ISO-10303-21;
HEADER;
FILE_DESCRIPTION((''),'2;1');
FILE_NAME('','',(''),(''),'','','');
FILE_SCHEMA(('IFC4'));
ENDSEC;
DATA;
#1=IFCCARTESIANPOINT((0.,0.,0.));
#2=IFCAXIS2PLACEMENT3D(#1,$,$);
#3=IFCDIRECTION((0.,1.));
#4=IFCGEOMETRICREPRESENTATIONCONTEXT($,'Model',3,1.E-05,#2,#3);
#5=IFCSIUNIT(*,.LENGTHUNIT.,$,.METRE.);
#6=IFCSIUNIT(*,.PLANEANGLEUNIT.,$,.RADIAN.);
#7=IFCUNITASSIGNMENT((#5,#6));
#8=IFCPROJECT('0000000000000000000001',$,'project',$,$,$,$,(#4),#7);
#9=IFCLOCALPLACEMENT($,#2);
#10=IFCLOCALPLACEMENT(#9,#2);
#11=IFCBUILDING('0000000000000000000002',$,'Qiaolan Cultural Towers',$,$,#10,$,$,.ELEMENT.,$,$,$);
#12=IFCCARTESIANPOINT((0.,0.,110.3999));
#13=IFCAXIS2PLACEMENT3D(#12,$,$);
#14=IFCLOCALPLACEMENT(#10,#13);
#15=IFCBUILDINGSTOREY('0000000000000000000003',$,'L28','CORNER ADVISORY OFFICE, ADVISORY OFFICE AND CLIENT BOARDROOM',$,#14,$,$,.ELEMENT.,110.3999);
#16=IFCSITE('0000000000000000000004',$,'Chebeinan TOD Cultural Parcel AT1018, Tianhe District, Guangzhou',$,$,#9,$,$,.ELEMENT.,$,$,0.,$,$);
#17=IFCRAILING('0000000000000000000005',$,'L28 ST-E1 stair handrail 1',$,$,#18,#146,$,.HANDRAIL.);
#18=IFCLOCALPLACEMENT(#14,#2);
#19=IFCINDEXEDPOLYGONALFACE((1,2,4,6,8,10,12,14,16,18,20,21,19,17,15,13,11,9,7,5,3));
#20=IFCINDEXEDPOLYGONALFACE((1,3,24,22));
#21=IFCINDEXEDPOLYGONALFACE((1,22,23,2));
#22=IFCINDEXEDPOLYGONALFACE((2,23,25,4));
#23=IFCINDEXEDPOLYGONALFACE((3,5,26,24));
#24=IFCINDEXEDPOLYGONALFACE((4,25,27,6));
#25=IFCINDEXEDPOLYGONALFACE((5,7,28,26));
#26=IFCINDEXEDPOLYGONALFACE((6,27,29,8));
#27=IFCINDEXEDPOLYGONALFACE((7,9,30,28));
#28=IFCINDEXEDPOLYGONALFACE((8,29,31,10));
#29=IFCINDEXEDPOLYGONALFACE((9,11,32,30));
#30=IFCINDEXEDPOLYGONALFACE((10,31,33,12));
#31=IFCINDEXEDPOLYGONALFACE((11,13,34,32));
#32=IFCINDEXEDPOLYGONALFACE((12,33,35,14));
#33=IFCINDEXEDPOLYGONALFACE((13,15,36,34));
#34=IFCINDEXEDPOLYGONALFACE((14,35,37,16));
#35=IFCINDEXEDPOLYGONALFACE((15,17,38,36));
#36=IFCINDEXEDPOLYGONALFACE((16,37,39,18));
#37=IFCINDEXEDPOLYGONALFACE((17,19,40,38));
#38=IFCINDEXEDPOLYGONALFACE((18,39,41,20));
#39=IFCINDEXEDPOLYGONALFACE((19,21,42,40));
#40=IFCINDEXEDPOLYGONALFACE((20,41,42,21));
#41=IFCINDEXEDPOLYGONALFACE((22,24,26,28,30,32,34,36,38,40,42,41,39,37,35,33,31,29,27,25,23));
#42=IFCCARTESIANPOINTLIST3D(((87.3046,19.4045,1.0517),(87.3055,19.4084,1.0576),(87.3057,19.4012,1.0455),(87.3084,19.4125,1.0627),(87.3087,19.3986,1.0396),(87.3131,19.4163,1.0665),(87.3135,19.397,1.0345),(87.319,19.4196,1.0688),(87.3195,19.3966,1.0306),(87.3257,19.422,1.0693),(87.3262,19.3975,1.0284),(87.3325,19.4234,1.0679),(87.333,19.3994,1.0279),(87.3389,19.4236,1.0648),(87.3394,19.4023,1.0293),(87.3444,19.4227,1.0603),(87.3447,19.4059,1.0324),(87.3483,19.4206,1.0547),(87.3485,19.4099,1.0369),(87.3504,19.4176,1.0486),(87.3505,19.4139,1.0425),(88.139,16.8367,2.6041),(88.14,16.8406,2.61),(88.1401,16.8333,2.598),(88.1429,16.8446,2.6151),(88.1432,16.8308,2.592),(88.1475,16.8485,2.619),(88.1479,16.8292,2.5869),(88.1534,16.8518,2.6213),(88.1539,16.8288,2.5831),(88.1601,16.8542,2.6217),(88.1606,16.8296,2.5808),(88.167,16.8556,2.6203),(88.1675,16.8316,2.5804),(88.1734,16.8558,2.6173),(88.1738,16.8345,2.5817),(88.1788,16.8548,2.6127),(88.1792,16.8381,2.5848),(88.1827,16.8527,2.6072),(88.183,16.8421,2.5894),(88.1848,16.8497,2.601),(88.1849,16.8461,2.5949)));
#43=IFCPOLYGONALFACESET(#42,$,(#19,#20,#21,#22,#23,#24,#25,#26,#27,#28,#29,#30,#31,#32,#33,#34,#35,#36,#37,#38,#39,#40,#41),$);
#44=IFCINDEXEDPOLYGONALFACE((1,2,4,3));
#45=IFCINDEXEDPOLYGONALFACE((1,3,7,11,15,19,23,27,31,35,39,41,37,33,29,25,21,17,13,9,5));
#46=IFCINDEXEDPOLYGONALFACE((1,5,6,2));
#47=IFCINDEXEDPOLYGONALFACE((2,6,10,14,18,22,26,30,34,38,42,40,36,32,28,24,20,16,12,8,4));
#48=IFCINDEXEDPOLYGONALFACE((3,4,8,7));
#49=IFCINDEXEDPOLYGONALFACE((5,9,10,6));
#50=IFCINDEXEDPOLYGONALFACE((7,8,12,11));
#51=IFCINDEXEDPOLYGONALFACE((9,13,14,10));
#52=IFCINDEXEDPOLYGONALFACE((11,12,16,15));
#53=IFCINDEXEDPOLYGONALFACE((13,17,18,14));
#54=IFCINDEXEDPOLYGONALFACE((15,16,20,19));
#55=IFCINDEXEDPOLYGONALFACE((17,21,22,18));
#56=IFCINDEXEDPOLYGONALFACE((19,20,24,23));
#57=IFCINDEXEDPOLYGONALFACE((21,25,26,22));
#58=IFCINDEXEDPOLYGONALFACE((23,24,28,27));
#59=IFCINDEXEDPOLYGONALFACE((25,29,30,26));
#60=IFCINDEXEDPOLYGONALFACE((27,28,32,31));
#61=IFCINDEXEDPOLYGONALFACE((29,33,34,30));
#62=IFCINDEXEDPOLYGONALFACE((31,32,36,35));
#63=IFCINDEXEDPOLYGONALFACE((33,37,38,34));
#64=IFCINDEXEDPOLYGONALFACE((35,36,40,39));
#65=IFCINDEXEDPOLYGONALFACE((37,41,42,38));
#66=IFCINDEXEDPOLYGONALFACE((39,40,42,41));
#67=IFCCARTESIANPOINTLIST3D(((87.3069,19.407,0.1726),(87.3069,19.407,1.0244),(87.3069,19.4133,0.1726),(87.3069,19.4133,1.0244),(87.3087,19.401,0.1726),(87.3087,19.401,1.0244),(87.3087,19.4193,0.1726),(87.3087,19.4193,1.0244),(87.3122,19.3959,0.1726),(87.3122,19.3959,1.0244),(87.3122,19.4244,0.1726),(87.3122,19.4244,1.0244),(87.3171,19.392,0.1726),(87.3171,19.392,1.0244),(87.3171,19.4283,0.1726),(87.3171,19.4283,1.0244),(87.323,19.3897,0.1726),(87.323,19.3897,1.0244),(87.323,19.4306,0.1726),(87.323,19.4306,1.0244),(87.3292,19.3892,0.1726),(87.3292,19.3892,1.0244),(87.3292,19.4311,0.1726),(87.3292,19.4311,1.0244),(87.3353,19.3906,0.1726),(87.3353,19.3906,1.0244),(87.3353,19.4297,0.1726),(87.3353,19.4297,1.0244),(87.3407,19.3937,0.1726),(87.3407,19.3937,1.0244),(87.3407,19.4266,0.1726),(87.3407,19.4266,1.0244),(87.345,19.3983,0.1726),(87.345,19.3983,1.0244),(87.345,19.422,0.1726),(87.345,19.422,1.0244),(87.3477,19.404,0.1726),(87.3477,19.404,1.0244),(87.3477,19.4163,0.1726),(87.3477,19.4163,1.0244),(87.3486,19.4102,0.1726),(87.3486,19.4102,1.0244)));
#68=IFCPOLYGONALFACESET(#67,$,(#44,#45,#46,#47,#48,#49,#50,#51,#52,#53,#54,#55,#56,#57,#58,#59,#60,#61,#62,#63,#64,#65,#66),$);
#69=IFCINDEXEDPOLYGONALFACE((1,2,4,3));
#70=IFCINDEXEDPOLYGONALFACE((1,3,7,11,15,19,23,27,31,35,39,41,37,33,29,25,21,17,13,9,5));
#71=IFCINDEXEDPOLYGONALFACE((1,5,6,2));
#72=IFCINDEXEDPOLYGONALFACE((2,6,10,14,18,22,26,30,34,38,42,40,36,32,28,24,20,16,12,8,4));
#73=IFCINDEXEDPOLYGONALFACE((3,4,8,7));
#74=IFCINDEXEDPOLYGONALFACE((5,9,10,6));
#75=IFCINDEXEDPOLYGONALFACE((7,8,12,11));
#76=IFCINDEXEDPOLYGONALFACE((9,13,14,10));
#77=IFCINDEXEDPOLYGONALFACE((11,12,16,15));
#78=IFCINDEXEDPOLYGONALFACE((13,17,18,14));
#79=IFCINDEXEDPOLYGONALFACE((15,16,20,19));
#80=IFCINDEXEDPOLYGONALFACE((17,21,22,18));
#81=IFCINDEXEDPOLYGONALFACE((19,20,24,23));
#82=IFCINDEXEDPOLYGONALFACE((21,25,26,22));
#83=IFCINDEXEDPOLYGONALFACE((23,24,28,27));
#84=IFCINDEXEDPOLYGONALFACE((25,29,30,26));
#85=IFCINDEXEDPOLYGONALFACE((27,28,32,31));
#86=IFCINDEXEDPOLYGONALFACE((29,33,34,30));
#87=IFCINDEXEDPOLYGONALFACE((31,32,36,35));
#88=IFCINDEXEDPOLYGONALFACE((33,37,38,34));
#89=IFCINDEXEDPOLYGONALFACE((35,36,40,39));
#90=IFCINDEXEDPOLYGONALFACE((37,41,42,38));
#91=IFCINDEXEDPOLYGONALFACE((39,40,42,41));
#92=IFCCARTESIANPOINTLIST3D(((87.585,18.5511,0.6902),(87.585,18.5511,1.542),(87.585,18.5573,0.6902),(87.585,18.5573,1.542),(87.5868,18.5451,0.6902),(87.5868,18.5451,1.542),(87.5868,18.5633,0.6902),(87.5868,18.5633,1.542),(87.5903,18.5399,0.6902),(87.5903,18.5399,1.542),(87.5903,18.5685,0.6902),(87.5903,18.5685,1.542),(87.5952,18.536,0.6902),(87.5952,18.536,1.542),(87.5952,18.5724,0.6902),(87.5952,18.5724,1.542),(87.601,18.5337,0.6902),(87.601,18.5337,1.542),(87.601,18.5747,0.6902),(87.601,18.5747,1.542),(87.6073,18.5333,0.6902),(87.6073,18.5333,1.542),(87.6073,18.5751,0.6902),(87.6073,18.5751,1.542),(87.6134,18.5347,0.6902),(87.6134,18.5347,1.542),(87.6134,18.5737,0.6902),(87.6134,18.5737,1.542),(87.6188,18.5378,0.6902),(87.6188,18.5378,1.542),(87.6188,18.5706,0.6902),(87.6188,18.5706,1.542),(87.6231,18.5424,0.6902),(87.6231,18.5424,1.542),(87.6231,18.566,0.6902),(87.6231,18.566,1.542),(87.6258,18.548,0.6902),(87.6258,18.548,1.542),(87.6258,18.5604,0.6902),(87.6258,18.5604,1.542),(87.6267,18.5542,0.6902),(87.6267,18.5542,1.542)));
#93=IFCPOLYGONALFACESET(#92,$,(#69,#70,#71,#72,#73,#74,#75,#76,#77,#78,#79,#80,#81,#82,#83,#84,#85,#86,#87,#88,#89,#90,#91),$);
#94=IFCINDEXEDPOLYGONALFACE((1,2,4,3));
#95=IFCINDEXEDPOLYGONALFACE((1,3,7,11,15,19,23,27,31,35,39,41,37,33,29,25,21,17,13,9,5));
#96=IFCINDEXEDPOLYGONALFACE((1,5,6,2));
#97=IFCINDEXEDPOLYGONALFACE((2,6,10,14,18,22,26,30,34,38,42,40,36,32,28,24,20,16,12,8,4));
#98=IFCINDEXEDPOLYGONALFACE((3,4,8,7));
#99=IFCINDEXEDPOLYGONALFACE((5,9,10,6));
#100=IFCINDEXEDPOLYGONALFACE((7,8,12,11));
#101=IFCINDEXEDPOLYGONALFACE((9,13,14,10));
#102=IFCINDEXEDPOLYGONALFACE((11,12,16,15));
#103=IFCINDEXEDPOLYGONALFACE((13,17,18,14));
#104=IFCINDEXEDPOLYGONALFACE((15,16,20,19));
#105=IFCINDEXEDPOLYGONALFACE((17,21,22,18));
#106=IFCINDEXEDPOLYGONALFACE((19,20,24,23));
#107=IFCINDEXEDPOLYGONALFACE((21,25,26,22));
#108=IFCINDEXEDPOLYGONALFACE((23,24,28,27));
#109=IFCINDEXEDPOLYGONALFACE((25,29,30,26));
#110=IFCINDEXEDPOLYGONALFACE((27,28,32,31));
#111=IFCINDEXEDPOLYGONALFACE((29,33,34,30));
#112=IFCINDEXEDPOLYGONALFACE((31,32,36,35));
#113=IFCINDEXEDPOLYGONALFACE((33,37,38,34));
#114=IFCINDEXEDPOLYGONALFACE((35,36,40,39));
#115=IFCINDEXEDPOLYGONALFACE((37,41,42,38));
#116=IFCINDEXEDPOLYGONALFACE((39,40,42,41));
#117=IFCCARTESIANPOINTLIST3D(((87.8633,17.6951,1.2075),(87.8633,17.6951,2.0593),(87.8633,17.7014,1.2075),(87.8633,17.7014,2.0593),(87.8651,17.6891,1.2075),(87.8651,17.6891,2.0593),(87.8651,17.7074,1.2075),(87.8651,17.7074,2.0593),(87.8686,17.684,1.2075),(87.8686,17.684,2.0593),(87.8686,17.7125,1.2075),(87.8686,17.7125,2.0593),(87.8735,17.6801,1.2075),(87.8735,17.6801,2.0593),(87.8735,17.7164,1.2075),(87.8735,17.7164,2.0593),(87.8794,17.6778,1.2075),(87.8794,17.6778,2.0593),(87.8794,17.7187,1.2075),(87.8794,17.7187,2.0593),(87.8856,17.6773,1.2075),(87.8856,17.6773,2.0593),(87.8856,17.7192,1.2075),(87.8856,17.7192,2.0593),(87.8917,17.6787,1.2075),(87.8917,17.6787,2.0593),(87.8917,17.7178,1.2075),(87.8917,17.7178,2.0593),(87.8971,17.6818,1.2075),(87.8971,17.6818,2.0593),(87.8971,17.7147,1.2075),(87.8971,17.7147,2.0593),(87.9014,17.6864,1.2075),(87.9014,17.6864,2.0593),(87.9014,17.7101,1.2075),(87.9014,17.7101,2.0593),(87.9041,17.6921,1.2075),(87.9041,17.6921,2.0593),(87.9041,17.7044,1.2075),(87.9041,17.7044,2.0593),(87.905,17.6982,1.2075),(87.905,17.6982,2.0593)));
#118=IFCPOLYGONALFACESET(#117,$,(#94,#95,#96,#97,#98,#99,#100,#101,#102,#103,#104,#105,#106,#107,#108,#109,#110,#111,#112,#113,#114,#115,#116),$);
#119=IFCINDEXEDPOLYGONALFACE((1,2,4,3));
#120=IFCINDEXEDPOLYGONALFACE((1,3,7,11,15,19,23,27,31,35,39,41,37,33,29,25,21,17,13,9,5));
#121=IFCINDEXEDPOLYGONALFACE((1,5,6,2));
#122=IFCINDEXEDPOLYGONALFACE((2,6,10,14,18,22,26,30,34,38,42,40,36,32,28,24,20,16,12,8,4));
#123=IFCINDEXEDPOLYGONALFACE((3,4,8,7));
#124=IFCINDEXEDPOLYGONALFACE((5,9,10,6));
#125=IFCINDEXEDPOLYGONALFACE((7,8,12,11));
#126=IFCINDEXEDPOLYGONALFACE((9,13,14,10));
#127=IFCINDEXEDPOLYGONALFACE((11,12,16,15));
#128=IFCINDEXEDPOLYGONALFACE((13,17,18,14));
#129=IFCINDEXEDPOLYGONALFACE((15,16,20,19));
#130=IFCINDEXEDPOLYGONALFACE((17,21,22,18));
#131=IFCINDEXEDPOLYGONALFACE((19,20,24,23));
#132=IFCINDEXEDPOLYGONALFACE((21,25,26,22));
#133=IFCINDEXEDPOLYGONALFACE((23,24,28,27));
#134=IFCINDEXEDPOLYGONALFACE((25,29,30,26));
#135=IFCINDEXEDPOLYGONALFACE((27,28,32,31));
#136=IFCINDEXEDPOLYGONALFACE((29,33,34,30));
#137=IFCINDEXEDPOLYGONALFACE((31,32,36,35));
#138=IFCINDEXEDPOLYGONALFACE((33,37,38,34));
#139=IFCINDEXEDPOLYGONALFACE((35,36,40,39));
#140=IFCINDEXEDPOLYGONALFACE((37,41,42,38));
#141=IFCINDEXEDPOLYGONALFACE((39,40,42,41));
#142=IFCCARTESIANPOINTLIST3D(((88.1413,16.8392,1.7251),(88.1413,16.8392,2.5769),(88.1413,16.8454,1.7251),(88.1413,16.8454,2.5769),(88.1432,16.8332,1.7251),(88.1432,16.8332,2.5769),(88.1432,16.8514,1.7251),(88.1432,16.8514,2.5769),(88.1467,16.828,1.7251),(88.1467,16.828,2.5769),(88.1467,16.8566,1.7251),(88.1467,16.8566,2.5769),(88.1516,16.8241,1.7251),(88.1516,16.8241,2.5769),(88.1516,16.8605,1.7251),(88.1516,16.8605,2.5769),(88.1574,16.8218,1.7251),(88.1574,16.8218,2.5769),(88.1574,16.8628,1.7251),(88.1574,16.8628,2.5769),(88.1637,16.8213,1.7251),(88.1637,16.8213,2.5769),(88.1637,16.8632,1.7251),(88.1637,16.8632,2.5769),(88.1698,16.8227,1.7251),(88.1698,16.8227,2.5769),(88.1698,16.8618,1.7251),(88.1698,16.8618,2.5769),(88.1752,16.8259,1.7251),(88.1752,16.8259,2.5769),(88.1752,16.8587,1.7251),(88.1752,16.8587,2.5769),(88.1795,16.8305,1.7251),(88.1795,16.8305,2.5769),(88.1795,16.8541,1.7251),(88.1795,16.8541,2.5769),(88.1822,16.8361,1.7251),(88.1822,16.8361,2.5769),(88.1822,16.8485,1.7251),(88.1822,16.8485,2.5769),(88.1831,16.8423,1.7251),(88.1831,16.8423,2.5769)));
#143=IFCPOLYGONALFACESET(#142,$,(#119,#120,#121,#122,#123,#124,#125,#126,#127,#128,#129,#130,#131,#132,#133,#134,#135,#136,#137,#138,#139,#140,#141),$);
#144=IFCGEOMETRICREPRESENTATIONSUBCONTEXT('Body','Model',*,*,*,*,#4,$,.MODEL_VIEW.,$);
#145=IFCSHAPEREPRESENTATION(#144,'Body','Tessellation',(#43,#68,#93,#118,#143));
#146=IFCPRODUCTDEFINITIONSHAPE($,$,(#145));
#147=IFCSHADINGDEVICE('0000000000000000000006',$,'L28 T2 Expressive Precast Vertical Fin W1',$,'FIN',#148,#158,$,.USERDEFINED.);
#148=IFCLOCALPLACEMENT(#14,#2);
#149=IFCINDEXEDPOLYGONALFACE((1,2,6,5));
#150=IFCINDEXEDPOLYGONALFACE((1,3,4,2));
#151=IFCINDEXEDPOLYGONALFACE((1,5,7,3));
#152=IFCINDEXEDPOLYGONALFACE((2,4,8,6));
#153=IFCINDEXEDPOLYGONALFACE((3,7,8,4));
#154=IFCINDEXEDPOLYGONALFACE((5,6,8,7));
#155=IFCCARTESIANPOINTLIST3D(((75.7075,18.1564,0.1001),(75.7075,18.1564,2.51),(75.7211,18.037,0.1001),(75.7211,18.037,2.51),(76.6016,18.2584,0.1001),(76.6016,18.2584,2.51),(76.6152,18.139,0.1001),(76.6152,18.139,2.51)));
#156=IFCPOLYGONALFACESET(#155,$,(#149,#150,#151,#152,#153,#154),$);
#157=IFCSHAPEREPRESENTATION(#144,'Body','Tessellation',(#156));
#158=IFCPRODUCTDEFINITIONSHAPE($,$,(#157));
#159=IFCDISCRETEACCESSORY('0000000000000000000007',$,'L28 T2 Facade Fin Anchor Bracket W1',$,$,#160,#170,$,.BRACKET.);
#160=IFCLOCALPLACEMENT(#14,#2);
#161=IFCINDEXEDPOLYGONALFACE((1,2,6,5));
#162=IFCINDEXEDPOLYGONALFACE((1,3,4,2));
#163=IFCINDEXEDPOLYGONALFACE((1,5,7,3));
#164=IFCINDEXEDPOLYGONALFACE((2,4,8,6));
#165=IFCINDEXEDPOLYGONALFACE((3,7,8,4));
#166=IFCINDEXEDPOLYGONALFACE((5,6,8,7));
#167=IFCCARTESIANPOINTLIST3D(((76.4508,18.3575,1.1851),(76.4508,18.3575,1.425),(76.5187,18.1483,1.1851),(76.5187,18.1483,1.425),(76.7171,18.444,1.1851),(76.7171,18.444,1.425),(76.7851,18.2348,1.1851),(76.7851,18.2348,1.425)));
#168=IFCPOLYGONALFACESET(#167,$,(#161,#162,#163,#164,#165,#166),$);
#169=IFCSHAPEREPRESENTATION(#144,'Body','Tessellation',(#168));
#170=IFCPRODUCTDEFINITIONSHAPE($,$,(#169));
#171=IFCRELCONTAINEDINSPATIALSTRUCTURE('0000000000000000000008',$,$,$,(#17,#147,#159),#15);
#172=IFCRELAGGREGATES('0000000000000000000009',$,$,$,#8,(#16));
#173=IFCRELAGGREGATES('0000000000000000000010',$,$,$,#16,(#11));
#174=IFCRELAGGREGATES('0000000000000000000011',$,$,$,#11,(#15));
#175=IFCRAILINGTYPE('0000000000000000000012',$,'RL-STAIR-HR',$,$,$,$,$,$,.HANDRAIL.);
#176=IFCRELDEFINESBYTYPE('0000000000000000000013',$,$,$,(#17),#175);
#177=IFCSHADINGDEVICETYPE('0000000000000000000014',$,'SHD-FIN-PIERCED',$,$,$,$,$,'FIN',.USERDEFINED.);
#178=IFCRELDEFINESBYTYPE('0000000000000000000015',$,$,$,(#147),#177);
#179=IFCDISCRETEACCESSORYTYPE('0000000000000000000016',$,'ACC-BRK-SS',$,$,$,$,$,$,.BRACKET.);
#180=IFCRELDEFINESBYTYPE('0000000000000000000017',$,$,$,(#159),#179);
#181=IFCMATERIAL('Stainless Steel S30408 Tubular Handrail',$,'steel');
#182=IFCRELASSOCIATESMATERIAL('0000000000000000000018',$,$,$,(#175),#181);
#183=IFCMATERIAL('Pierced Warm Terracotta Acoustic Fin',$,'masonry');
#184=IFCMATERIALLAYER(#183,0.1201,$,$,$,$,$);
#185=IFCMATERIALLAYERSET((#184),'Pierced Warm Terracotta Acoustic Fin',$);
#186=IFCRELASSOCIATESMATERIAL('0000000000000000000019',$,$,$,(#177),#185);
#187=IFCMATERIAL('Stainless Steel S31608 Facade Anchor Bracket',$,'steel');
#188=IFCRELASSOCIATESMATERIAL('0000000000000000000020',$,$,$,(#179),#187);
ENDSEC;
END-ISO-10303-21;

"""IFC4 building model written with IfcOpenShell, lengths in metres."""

from ifc_helpers import new_model, si_unit, direction, frame, origin, origin_2d, place, context, subcontext, project, spatial, rectangle, circle, extrude, material, layer, layer_set, type_object, element, save


model = new_model("IFC4")

# Units and contexts
model_context = context("Model", 3, precision=1e-05, world=origin(), true_north=direction((0.0, 1.0)))
body_context = subcontext(model_context, "Body", "Model", "MODEL_VIEW")
ifc_project = project(units=[si_unit("LENGTHUNIT", "METRE"), si_unit("PLANEANGLEUNIT", "RADIAN")], contexts=[model_context])

# Site, building, storey
site_placement = place(None, origin())
site = spatial("IfcSite", under=ifc_project, at=site_placement, Name="Chebeinan TOD Cultural Parcel AT1018, Tianhe District, Guangzhou", CompositionType="ELEMENT", RefElevation=0.0)
building_placement = place(site_placement, origin())
building = spatial("IfcBuilding", under=site, at=building_placement, Name="Qiaolan Cultural Towers", CompositionType="ELEMENT")
storey_placement = place(building_placement, frame((0.0, 0.0, 110.3999)))
storey = spatial("IfcBuildingStorey", under=building, at=storey_placement, Name="L28", Description="CORNER ADVISORY OFFICE, ADVISORY OFFICE AND CLIENT BOARDROOM", CompositionType="ELEMENT", Elevation=110.3999)

# Railing
ifc_material_1 = material(Name="Stainless Steel S30408 Tubular Handrail", Category="steel")
railing_type_1 = type_object("IfcRailingType", Name="RL-STAIR-HR", PredefinedType="HANDRAIL", material=ifc_material_1)
railing_1_placement = place(storey_placement, frame((87.3276, 19.4102, 0.1726)))
element("IfcRailing", 1, at=railing_1_placement, inside=storey, type_object=railing_type_1, Name="L28 ST-E1 stair handrail 1", PredefinedType="HANDRAIL", context=body_context, shape_type="SweptSolid", body=[
    extrude(circle(Radius=0.0239, at=origin_2d()), frame((0.0, 0.0, 0.876), z_axis=(0.267926, -0.824471, 0.498461), x_axis=(0.951043, 0.309057, 0.0)), (0.0, 0.0, 1.0), 3.1145),
    extrude(circle(Radius=0.021, at=origin_2d()), origin(), (0.0, 0.0, 1.0), 0.8518),
    extrude(circle(Radius=0.021, at=origin_2d()), frame((0.2781, -0.856, 0.5176)), (0.0, 0.0, 1.0), 0.8518),
    extrude(circle(Radius=0.021, at=origin_2d()), frame((0.5564, -1.7119, 1.0349)), (0.0, 0.0, 1.0), 0.8518),
    extrude(circle(Radius=0.021, at=origin_2d()), frame((0.8345, -2.5679, 1.5525)), (0.0, 0.0, 1.0), 0.8518),
])

# Shading device
ifc_material_2 = material(Name="Pierced Warm Terracotta Acoustic Fin", Category="masonry")
ifc_layer_1 = layer(ifc_material_2, 0.1201)
ifc_layer_set_1 = layer_set([ifc_layer_1], Name="Pierced Warm Terracotta Acoustic Fin")
shading_device_type = type_object("IfcShadingDeviceType", Name="SHD-FIN-PIERCED", ElementType="FIN", PredefinedType="USERDEFINED", material=ifc_layer_set_1)
shading_device_placement = place(storey_placement, frame((76.1614, 18.1477, 0.1001), z_axis=(0.0, 0.0, 1.0), x_axis=(0.993553, 0.113365, 0.0)))
element("IfcShadingDevice", 2, at=shading_device_placement, inside=storey, type_object=shading_device_type, Name="L28 T2 Expressive Precast Vertical Fin W1", ObjectType="FIN", PredefinedType="USERDEFINED", context=body_context, shape_type="SweptSolid", body=[
    extrude(rectangle(XDim=0.8999, YDim=0.1201, at=origin_2d()), origin(), (0.0, 0.0, 1.0), 2.4099),
])

# Discrete accessory
ifc_material_3 = material(Name="Stainless Steel S31608 Facade Anchor Bracket", Category="steel")
discrete_accessory_type = type_object("IfcDiscreteAccessoryType", Name="ACC-BRK-SS", PredefinedType="BRACKET", material=ifc_material_3)
discrete_accessory_placement = place(storey_placement, frame((76.6179, 18.2961, 1.1851), z_axis=(0.0, 0.0, 1.0), x_axis=(0.951057, 0.309017, 0.0)))
element("IfcDiscreteAccessory", 3, at=discrete_accessory_placement, inside=storey, type_object=discrete_accessory_type, Name="L28 T2 Facade Fin Anchor Bracket W1", PredefinedType="BRACKET", context=body_context, shape_type="SweptSolid", body=[
    extrude(rectangle(XDim=0.28, YDim=0.22, at=origin_2d()), origin(), (0.0, 0.0, 1.0), 0.24),
])

save(model, "model.ifc")
